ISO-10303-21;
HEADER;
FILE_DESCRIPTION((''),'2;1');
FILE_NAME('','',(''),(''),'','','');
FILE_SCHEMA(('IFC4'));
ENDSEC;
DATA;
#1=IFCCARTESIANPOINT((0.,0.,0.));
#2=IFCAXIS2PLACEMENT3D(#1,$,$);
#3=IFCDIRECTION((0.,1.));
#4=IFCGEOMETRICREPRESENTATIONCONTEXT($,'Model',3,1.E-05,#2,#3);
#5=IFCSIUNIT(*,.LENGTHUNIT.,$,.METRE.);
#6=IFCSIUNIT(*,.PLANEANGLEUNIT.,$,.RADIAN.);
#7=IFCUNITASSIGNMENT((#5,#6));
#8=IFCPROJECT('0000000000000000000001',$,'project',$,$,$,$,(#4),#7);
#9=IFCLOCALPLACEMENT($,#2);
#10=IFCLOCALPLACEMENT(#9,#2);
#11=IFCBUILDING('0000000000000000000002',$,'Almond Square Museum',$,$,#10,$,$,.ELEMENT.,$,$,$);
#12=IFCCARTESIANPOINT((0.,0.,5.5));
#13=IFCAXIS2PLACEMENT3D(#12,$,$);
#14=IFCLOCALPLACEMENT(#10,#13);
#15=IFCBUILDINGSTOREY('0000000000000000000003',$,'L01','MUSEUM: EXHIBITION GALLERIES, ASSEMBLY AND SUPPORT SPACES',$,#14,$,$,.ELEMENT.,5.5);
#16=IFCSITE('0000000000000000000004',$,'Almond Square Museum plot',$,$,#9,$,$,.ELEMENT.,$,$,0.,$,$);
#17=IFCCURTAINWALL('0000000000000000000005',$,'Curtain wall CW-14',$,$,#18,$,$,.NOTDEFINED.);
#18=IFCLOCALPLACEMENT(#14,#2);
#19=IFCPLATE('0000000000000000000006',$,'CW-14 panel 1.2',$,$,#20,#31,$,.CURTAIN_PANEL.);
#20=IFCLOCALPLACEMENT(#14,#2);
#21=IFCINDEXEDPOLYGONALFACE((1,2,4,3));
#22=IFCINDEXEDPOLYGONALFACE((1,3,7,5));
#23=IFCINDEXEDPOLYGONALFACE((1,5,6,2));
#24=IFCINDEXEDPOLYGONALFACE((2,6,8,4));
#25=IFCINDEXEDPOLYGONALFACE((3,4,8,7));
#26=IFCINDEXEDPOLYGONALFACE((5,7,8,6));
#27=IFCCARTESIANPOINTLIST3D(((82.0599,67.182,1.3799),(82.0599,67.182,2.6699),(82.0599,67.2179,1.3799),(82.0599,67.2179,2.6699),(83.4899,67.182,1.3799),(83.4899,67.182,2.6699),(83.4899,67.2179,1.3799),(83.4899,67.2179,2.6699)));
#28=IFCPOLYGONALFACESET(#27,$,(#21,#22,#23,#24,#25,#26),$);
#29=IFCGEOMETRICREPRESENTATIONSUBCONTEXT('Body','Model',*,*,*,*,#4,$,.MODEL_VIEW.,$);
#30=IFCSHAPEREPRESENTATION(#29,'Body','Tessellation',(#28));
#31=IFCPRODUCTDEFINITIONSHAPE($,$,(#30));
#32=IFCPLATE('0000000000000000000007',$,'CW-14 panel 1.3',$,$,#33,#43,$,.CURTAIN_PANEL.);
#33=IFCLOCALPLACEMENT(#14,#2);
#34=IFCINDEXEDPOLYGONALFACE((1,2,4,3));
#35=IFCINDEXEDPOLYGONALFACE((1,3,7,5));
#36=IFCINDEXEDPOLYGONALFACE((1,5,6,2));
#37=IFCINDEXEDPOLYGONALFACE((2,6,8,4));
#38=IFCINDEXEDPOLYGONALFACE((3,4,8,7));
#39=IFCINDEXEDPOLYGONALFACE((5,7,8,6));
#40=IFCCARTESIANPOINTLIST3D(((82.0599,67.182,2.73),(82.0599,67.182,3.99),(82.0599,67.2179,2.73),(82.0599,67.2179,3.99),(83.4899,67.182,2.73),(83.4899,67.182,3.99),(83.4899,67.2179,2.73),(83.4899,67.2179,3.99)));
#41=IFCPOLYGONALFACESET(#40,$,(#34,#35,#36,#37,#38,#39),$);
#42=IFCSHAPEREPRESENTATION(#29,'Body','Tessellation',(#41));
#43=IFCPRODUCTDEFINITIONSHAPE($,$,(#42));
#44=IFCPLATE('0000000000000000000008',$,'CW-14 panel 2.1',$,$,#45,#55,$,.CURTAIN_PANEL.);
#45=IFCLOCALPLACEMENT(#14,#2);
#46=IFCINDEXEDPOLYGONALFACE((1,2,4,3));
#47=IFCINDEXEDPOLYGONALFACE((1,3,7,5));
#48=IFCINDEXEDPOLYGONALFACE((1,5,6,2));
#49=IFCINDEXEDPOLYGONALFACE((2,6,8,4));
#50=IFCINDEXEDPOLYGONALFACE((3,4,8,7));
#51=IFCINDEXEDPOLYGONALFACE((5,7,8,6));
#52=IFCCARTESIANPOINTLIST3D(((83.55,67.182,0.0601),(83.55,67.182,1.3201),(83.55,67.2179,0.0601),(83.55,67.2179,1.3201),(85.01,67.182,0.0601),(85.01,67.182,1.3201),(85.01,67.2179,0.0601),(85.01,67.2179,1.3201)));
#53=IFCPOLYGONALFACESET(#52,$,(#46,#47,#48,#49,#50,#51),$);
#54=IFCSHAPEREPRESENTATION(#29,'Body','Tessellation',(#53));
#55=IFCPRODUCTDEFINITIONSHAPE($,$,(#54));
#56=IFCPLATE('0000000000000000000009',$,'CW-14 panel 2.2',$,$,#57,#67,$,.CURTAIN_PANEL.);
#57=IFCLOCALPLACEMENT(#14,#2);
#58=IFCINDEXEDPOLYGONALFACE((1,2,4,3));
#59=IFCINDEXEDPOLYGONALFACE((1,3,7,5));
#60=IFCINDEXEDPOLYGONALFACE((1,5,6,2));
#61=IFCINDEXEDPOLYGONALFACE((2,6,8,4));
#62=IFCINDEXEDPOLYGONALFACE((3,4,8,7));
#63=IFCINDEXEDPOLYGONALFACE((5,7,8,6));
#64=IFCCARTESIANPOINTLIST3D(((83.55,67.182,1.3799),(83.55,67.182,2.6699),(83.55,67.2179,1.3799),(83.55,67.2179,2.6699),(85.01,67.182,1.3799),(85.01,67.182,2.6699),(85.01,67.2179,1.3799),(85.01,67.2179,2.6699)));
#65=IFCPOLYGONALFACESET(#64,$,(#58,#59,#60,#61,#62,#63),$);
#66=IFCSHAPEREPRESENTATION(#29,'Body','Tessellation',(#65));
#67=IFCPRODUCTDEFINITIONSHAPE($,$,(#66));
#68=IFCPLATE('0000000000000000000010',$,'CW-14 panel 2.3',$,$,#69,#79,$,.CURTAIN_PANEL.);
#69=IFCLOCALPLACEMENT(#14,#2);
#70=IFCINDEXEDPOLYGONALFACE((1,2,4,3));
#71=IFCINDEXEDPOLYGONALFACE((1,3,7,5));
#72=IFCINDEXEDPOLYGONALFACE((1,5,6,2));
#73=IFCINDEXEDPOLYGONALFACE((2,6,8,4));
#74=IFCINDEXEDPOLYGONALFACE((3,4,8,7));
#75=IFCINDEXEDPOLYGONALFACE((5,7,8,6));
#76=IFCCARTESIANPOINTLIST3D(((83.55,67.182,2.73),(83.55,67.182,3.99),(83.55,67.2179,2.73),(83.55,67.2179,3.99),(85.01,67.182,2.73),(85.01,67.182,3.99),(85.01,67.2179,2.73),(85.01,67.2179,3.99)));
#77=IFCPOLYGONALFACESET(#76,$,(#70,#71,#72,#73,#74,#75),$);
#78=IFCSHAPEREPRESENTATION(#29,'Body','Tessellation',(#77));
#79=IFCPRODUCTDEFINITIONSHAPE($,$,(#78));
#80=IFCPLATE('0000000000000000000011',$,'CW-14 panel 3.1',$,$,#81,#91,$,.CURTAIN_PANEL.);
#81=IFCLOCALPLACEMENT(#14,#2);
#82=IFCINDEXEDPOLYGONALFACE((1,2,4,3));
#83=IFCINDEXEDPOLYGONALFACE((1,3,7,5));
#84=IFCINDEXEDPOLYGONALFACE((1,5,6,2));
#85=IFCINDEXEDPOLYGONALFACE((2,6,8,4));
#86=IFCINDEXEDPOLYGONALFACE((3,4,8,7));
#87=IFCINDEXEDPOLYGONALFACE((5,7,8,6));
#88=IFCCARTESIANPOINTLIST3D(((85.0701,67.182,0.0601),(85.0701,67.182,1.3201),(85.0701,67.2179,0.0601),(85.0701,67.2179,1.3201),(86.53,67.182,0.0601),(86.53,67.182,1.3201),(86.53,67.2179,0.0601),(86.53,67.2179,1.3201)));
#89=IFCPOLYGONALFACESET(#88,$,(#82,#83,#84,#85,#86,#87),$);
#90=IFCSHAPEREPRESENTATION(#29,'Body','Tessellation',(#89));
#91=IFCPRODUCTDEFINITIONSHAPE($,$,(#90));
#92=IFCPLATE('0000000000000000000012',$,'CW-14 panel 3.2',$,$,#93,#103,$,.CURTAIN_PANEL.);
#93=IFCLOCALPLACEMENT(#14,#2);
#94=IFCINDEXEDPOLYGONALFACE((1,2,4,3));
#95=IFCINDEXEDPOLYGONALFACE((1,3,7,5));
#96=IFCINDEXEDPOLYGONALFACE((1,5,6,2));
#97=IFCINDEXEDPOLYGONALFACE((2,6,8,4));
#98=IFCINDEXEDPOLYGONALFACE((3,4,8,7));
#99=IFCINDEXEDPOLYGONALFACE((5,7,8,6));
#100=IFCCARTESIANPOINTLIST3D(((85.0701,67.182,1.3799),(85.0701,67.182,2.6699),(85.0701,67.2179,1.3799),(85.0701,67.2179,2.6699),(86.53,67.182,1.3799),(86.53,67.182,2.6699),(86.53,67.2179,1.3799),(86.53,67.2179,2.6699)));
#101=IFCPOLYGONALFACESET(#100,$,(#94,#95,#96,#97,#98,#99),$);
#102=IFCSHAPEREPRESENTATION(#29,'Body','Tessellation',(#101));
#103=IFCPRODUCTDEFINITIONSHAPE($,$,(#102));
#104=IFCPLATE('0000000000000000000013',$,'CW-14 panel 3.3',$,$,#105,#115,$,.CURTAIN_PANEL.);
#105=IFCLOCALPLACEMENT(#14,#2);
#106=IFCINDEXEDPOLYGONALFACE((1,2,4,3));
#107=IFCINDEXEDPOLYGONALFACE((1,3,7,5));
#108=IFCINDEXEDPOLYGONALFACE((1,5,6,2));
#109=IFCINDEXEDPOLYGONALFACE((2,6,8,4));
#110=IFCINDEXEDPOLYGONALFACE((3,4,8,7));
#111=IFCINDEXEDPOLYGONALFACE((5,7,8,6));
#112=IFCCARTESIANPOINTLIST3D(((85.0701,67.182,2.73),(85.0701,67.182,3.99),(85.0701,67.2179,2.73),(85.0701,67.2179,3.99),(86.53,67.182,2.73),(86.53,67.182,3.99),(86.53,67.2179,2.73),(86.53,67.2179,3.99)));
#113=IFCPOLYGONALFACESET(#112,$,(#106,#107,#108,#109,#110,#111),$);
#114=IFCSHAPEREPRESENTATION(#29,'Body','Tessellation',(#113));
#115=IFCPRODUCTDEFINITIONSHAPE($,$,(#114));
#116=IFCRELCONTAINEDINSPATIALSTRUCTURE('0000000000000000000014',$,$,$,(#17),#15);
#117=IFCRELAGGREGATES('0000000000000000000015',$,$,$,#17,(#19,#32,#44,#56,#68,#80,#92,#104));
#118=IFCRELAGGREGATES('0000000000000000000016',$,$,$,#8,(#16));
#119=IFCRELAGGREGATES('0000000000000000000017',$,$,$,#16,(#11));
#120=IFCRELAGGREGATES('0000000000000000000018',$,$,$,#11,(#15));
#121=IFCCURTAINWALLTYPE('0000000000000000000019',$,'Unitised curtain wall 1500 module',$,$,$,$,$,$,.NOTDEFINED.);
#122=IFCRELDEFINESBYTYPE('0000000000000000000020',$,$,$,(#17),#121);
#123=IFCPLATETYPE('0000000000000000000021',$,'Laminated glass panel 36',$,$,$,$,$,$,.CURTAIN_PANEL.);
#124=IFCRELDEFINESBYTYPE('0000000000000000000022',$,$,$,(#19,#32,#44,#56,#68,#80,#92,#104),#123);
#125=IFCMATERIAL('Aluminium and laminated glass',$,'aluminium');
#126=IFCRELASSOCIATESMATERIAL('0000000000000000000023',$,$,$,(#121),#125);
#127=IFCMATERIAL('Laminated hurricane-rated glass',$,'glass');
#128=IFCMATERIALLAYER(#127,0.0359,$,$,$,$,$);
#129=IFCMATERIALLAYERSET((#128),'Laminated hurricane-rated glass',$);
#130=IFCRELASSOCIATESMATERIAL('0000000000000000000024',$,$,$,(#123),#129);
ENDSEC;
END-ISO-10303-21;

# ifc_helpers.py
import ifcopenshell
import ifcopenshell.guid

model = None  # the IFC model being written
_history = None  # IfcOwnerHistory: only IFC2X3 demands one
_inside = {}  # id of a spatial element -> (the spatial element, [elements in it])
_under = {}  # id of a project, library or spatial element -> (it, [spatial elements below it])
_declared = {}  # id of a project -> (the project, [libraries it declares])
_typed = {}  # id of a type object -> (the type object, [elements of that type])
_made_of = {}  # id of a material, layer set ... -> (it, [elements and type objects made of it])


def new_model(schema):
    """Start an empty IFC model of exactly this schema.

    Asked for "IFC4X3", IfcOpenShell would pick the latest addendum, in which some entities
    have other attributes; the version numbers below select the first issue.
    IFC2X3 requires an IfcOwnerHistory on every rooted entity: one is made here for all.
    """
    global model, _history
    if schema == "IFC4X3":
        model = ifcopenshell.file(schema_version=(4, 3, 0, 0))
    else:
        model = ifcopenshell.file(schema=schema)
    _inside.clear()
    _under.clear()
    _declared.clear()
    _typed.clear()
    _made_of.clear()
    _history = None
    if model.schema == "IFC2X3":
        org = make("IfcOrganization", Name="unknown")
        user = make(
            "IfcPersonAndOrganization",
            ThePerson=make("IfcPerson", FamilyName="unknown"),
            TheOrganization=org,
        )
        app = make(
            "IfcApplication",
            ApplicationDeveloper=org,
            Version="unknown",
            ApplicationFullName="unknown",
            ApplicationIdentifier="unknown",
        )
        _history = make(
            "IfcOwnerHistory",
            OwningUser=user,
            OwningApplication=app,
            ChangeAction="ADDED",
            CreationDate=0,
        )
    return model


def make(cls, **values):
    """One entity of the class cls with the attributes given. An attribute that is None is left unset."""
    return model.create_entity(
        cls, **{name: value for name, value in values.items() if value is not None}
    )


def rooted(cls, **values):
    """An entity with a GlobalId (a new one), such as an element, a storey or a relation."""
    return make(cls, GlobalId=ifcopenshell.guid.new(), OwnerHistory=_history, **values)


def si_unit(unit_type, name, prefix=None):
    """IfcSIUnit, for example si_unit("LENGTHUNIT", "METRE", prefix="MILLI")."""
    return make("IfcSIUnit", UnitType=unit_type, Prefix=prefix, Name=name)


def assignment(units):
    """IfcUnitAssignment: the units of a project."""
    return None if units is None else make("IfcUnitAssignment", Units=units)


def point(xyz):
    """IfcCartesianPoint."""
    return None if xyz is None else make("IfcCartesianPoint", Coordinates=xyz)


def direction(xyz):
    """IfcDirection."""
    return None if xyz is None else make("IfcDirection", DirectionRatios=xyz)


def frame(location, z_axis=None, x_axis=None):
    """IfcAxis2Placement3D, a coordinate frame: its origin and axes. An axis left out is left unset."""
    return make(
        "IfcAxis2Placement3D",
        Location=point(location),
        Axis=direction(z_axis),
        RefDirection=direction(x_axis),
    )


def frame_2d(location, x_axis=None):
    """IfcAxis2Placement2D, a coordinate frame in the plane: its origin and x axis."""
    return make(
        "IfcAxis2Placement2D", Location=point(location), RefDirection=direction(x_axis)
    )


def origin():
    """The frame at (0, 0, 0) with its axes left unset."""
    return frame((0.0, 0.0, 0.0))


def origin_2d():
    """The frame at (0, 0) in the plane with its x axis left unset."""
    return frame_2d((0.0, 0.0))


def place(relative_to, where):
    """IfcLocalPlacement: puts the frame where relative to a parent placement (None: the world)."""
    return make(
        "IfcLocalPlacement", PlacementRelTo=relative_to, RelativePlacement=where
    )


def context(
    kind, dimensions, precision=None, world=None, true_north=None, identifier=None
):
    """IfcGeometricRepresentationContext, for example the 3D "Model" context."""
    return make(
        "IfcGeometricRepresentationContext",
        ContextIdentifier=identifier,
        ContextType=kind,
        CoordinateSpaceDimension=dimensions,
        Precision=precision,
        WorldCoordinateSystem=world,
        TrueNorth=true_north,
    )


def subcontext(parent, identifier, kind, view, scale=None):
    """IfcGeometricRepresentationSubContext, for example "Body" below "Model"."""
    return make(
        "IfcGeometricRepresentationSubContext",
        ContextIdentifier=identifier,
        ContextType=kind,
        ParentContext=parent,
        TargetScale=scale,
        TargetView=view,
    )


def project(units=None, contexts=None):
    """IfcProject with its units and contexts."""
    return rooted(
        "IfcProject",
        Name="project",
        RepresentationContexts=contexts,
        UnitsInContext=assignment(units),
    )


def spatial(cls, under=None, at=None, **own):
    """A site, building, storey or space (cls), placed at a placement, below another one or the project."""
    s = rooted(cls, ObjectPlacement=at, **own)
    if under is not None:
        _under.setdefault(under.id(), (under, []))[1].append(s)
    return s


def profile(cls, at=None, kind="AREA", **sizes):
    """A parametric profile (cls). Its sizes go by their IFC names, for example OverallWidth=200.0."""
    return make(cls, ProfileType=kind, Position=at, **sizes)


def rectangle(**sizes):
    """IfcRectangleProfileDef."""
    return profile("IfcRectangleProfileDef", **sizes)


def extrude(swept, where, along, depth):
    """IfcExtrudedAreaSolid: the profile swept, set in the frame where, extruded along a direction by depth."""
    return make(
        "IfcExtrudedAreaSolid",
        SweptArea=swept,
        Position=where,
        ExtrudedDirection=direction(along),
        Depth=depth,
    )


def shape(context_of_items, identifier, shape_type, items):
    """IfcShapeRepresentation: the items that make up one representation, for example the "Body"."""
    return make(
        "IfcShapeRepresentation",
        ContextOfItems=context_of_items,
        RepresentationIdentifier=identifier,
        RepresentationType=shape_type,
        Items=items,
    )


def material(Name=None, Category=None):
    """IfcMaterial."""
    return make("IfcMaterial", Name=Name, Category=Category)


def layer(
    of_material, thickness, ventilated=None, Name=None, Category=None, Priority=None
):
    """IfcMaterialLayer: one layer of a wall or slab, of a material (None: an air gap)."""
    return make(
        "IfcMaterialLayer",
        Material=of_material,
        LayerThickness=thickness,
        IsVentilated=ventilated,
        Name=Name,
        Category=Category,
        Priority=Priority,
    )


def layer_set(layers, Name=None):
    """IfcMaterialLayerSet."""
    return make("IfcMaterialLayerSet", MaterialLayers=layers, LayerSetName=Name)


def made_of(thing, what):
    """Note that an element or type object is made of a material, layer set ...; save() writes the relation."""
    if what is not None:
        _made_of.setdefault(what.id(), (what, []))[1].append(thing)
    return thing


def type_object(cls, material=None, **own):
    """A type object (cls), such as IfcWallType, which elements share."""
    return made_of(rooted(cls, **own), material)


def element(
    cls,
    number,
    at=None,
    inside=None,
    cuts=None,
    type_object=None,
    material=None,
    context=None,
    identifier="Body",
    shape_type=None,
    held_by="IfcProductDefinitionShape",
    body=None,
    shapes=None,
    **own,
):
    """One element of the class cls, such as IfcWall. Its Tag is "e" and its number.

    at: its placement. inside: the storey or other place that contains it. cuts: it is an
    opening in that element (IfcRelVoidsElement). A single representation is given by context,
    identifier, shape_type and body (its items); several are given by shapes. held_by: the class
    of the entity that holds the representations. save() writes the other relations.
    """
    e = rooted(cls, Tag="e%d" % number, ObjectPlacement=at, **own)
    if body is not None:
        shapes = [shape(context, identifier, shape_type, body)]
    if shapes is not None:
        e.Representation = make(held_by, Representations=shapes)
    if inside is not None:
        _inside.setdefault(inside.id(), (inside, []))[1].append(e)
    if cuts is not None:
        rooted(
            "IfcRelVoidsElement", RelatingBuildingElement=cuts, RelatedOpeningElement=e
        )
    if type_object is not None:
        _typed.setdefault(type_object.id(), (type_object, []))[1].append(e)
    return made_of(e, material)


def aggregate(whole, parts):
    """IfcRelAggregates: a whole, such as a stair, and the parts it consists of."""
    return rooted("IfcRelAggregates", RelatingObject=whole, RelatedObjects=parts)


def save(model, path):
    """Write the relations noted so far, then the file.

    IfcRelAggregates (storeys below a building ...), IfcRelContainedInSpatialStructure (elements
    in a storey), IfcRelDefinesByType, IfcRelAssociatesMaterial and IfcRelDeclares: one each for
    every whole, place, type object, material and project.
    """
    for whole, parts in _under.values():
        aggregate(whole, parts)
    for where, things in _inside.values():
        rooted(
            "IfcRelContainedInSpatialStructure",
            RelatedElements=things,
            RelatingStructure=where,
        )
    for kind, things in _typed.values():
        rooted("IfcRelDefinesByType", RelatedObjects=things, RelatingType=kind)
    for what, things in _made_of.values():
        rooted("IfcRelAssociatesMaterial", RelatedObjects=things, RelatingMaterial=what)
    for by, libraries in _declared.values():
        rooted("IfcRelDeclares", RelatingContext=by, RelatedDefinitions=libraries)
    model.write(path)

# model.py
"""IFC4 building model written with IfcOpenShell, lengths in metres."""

from ifc_helpers import new_model, si_unit, direction, frame, origin, origin_2d, place, context, subcontext, project, spatial, rectangle, extrude, material, layer, layer_set, type_object, element, aggregate, save


model = new_model("IFC4")

# Units and contexts
model_context = context("Model", 3, precision=1e-05, world=origin(), true_north=direction((0.0, 1.0)))
body_context = subcontext(model_context, "Body", "Model", "MODEL_VIEW")
ifc_project = project(units=[si_unit("LENGTHUNIT", "METRE"), si_unit("PLANEANGLEUNIT", "RADIAN")], contexts=[model_context])

# Site, building, storey
site_placement = place(None, origin())
site = spatial("IfcSite", under=ifc_project, at=site_placement, Name="Almond Square Museum plot", CompositionType="ELEMENT", RefElevation=0.0)
building_placement = place(site_placement, origin())
building = spatial("IfcBuilding", under=site, at=building_placement, Name="Almond Square Museum", CompositionType="ELEMENT")
storey_placement = place(building_placement, frame((0.0, 0.0, 5.5)))
storey = spatial("IfcBuildingStorey", under=building, at=storey_placement, Name="L01", Description="MUSEUM: EXHIBITION GALLERIES, ASSEMBLY AND SUPPORT SPACES", CompositionType="ELEMENT", Elevation=5.5)

# Curtain wall, plates
ifc_material_1 = material(Name="Aluminium and laminated glass", Category="aluminium")
curtain_wall_type = type_object("IfcCurtainWallType", Name="Unitised curtain wall 1500 module", PredefinedType="NOTDEFINED", material=ifc_material_1)
curtain_wall_placement = place(storey_placement, origin())
curtain_wall = element("IfcCurtainWall", 1, at=curtain_wall_placement, inside=storey, type_object=curtain_wall_type, Name="Curtain wall CW-14", PredefinedType="NOTDEFINED")
ifc_material_2 = material(Name="Laminated hurricane-rated glass", Category="glass")
ifc_layer = layer(ifc_material_2, 0.0359)
ifc_layer_set = layer_set([ifc_layer], Name="Laminated hurricane-rated glass")
plate_type = type_object("IfcPlateType", Name="Laminated glass panel 36", PredefinedType="CURTAIN_PANEL", material=ifc_layer_set)
plate_1_placement = place(storey_placement, frame((82.7749, 67.2, 1.3799), z_axis=(0.0, 0.0, 1.0), x_axis=(1.0, 0.0, 0.0)))
plate_1 = element("IfcPlate", 2, at=plate_1_placement, type_object=plate_type, Name="CW-14 panel 1.2", PredefinedType="CURTAIN_PANEL", context=body_context, shape_type="SweptSolid", body=[
    extrude(rectangle(XDim=1.4299, YDim=0.0359, at=origin_2d()), origin(), (0.0, 0.0, 1.0), 1.29),
])
plate_2_placement = place(storey_placement, frame((82.7749, 67.2, 2.73), z_axis=(0.0, 0.0, 1.0), x_axis=(1.0, 0.0, 0.0)))
plate_2 = element("IfcPlate", 3, at=plate_2_placement, type_object=plate_type, Name="CW-14 panel 1.3", PredefinedType="CURTAIN_PANEL", context=body_context, shape_type="SweptSolid", body=[
    extrude(rectangle(XDim=1.4299, YDim=0.0359, at=origin_2d()), origin(), (0.0, 0.0, 1.0), 1.26),
])
plate_3_placement = place(storey_placement, frame((84.28, 67.2, 0.0601), z_axis=(0.0, 0.0, 1.0), x_axis=(1.0, 0.0, 0.0)))
plate_3 = element("IfcPlate", 4, at=plate_3_placement, type_object=plate_type, Name="CW-14 panel 2.1", PredefinedType="CURTAIN_PANEL", context=body_context, shape_type="SweptSolid", body=[
    extrude(rectangle(XDim=1.46, YDim=0.0359, at=origin_2d()), origin(), (0.0, 0.0, 1.0), 1.26),
])
plate_4_placement = place(storey_placement, frame((84.28, 67.2, 1.3799), z_axis=(0.0, 0.0, 1.0), x_axis=(1.0, 0.0, 0.0)))
plate_4 = element("IfcPlate", 5, at=plate_4_placement, type_object=plate_type, Name="CW-14 panel 2.2", PredefinedType="CURTAIN_PANEL", context=body_context, shape_type="SweptSolid", body=[
    extrude(rectangle(XDim=1.46, YDim=0.0359, at=origin_2d()), origin(), (0.0, 0.0, 1.0), 1.29),
])
plate_5_placement = place(storey_placement, frame((84.28, 67.2, 2.73), z_axis=(0.0, 0.0, 1.0), x_axis=(1.0, 0.0, 0.0)))
plate_5 = element("IfcPlate", 6, at=plate_5_placement, type_object=plate_type, Name="CW-14 panel 2.3", PredefinedType="CURTAIN_PANEL", context=body_context, shape_type="SweptSolid", body=[
    extrude(rectangle(XDim=1.46, YDim=0.0359, at=origin_2d()), origin(), (0.0, 0.0, 1.0), 1.26),
])
plate_6_placement = place(storey_placement, frame((85.8, 67.2, 0.0601), z_axis=(0.0, 0.0, 1.0), x_axis=(1.0, 0.0, 0.0)))
plate_6 = element("IfcPlate", 7, at=plate_6_placement, type_object=plate_type, Name="CW-14 panel 3.1", PredefinedType="CURTAIN_PANEL", context=body_context, shape_type="SweptSolid", body=[
    extrude(rectangle(XDim=1.46, YDim=0.0359, at=origin_2d()), origin(), (0.0, 0.0, 1.0), 1.26),
])
plate_7_placement = place(storey_placement, frame((85.8, 67.2, 1.3799), z_axis=(0.0, 0.0, 1.0), x_axis=(1.0, 0.0, 0.0)))
plate_7 = element("IfcPlate", 8, at=plate_7_placement, type_object=plate_type, Name="CW-14 panel 3.2", PredefinedType="CURTAIN_PANEL", context=body_context, shape_type="SweptSolid", body=[
    extrude(rectangle(XDim=1.46, YDim=0.0359, at=origin_2d()), origin(), (0.0, 0.0, 1.0), 1.29),
])
plate_8_placement = place(storey_placement, frame((85.8, 67.2, 2.73), z_axis=(0.0, 0.0, 1.0), x_axis=(1.0, 0.0, 0.0)))
plate_8 = element("IfcPlate", 9, at=plate_8_placement, type_object=plate_type, Name="CW-14 panel 3.3", PredefinedType="CURTAIN_PANEL", context=body_context, shape_type="SweptSolid", body=[
    extrude(rectangle(XDim=1.46, YDim=0.0359, at=origin_2d()), origin(), (0.0, 0.0, 1.0), 1.26),
])
aggregate(curtain_wall, [plate_1, plate_2, plate_3, plate_4, plate_5, plate_6, plate_7, plate_8])

save(model, "model.ifc")
